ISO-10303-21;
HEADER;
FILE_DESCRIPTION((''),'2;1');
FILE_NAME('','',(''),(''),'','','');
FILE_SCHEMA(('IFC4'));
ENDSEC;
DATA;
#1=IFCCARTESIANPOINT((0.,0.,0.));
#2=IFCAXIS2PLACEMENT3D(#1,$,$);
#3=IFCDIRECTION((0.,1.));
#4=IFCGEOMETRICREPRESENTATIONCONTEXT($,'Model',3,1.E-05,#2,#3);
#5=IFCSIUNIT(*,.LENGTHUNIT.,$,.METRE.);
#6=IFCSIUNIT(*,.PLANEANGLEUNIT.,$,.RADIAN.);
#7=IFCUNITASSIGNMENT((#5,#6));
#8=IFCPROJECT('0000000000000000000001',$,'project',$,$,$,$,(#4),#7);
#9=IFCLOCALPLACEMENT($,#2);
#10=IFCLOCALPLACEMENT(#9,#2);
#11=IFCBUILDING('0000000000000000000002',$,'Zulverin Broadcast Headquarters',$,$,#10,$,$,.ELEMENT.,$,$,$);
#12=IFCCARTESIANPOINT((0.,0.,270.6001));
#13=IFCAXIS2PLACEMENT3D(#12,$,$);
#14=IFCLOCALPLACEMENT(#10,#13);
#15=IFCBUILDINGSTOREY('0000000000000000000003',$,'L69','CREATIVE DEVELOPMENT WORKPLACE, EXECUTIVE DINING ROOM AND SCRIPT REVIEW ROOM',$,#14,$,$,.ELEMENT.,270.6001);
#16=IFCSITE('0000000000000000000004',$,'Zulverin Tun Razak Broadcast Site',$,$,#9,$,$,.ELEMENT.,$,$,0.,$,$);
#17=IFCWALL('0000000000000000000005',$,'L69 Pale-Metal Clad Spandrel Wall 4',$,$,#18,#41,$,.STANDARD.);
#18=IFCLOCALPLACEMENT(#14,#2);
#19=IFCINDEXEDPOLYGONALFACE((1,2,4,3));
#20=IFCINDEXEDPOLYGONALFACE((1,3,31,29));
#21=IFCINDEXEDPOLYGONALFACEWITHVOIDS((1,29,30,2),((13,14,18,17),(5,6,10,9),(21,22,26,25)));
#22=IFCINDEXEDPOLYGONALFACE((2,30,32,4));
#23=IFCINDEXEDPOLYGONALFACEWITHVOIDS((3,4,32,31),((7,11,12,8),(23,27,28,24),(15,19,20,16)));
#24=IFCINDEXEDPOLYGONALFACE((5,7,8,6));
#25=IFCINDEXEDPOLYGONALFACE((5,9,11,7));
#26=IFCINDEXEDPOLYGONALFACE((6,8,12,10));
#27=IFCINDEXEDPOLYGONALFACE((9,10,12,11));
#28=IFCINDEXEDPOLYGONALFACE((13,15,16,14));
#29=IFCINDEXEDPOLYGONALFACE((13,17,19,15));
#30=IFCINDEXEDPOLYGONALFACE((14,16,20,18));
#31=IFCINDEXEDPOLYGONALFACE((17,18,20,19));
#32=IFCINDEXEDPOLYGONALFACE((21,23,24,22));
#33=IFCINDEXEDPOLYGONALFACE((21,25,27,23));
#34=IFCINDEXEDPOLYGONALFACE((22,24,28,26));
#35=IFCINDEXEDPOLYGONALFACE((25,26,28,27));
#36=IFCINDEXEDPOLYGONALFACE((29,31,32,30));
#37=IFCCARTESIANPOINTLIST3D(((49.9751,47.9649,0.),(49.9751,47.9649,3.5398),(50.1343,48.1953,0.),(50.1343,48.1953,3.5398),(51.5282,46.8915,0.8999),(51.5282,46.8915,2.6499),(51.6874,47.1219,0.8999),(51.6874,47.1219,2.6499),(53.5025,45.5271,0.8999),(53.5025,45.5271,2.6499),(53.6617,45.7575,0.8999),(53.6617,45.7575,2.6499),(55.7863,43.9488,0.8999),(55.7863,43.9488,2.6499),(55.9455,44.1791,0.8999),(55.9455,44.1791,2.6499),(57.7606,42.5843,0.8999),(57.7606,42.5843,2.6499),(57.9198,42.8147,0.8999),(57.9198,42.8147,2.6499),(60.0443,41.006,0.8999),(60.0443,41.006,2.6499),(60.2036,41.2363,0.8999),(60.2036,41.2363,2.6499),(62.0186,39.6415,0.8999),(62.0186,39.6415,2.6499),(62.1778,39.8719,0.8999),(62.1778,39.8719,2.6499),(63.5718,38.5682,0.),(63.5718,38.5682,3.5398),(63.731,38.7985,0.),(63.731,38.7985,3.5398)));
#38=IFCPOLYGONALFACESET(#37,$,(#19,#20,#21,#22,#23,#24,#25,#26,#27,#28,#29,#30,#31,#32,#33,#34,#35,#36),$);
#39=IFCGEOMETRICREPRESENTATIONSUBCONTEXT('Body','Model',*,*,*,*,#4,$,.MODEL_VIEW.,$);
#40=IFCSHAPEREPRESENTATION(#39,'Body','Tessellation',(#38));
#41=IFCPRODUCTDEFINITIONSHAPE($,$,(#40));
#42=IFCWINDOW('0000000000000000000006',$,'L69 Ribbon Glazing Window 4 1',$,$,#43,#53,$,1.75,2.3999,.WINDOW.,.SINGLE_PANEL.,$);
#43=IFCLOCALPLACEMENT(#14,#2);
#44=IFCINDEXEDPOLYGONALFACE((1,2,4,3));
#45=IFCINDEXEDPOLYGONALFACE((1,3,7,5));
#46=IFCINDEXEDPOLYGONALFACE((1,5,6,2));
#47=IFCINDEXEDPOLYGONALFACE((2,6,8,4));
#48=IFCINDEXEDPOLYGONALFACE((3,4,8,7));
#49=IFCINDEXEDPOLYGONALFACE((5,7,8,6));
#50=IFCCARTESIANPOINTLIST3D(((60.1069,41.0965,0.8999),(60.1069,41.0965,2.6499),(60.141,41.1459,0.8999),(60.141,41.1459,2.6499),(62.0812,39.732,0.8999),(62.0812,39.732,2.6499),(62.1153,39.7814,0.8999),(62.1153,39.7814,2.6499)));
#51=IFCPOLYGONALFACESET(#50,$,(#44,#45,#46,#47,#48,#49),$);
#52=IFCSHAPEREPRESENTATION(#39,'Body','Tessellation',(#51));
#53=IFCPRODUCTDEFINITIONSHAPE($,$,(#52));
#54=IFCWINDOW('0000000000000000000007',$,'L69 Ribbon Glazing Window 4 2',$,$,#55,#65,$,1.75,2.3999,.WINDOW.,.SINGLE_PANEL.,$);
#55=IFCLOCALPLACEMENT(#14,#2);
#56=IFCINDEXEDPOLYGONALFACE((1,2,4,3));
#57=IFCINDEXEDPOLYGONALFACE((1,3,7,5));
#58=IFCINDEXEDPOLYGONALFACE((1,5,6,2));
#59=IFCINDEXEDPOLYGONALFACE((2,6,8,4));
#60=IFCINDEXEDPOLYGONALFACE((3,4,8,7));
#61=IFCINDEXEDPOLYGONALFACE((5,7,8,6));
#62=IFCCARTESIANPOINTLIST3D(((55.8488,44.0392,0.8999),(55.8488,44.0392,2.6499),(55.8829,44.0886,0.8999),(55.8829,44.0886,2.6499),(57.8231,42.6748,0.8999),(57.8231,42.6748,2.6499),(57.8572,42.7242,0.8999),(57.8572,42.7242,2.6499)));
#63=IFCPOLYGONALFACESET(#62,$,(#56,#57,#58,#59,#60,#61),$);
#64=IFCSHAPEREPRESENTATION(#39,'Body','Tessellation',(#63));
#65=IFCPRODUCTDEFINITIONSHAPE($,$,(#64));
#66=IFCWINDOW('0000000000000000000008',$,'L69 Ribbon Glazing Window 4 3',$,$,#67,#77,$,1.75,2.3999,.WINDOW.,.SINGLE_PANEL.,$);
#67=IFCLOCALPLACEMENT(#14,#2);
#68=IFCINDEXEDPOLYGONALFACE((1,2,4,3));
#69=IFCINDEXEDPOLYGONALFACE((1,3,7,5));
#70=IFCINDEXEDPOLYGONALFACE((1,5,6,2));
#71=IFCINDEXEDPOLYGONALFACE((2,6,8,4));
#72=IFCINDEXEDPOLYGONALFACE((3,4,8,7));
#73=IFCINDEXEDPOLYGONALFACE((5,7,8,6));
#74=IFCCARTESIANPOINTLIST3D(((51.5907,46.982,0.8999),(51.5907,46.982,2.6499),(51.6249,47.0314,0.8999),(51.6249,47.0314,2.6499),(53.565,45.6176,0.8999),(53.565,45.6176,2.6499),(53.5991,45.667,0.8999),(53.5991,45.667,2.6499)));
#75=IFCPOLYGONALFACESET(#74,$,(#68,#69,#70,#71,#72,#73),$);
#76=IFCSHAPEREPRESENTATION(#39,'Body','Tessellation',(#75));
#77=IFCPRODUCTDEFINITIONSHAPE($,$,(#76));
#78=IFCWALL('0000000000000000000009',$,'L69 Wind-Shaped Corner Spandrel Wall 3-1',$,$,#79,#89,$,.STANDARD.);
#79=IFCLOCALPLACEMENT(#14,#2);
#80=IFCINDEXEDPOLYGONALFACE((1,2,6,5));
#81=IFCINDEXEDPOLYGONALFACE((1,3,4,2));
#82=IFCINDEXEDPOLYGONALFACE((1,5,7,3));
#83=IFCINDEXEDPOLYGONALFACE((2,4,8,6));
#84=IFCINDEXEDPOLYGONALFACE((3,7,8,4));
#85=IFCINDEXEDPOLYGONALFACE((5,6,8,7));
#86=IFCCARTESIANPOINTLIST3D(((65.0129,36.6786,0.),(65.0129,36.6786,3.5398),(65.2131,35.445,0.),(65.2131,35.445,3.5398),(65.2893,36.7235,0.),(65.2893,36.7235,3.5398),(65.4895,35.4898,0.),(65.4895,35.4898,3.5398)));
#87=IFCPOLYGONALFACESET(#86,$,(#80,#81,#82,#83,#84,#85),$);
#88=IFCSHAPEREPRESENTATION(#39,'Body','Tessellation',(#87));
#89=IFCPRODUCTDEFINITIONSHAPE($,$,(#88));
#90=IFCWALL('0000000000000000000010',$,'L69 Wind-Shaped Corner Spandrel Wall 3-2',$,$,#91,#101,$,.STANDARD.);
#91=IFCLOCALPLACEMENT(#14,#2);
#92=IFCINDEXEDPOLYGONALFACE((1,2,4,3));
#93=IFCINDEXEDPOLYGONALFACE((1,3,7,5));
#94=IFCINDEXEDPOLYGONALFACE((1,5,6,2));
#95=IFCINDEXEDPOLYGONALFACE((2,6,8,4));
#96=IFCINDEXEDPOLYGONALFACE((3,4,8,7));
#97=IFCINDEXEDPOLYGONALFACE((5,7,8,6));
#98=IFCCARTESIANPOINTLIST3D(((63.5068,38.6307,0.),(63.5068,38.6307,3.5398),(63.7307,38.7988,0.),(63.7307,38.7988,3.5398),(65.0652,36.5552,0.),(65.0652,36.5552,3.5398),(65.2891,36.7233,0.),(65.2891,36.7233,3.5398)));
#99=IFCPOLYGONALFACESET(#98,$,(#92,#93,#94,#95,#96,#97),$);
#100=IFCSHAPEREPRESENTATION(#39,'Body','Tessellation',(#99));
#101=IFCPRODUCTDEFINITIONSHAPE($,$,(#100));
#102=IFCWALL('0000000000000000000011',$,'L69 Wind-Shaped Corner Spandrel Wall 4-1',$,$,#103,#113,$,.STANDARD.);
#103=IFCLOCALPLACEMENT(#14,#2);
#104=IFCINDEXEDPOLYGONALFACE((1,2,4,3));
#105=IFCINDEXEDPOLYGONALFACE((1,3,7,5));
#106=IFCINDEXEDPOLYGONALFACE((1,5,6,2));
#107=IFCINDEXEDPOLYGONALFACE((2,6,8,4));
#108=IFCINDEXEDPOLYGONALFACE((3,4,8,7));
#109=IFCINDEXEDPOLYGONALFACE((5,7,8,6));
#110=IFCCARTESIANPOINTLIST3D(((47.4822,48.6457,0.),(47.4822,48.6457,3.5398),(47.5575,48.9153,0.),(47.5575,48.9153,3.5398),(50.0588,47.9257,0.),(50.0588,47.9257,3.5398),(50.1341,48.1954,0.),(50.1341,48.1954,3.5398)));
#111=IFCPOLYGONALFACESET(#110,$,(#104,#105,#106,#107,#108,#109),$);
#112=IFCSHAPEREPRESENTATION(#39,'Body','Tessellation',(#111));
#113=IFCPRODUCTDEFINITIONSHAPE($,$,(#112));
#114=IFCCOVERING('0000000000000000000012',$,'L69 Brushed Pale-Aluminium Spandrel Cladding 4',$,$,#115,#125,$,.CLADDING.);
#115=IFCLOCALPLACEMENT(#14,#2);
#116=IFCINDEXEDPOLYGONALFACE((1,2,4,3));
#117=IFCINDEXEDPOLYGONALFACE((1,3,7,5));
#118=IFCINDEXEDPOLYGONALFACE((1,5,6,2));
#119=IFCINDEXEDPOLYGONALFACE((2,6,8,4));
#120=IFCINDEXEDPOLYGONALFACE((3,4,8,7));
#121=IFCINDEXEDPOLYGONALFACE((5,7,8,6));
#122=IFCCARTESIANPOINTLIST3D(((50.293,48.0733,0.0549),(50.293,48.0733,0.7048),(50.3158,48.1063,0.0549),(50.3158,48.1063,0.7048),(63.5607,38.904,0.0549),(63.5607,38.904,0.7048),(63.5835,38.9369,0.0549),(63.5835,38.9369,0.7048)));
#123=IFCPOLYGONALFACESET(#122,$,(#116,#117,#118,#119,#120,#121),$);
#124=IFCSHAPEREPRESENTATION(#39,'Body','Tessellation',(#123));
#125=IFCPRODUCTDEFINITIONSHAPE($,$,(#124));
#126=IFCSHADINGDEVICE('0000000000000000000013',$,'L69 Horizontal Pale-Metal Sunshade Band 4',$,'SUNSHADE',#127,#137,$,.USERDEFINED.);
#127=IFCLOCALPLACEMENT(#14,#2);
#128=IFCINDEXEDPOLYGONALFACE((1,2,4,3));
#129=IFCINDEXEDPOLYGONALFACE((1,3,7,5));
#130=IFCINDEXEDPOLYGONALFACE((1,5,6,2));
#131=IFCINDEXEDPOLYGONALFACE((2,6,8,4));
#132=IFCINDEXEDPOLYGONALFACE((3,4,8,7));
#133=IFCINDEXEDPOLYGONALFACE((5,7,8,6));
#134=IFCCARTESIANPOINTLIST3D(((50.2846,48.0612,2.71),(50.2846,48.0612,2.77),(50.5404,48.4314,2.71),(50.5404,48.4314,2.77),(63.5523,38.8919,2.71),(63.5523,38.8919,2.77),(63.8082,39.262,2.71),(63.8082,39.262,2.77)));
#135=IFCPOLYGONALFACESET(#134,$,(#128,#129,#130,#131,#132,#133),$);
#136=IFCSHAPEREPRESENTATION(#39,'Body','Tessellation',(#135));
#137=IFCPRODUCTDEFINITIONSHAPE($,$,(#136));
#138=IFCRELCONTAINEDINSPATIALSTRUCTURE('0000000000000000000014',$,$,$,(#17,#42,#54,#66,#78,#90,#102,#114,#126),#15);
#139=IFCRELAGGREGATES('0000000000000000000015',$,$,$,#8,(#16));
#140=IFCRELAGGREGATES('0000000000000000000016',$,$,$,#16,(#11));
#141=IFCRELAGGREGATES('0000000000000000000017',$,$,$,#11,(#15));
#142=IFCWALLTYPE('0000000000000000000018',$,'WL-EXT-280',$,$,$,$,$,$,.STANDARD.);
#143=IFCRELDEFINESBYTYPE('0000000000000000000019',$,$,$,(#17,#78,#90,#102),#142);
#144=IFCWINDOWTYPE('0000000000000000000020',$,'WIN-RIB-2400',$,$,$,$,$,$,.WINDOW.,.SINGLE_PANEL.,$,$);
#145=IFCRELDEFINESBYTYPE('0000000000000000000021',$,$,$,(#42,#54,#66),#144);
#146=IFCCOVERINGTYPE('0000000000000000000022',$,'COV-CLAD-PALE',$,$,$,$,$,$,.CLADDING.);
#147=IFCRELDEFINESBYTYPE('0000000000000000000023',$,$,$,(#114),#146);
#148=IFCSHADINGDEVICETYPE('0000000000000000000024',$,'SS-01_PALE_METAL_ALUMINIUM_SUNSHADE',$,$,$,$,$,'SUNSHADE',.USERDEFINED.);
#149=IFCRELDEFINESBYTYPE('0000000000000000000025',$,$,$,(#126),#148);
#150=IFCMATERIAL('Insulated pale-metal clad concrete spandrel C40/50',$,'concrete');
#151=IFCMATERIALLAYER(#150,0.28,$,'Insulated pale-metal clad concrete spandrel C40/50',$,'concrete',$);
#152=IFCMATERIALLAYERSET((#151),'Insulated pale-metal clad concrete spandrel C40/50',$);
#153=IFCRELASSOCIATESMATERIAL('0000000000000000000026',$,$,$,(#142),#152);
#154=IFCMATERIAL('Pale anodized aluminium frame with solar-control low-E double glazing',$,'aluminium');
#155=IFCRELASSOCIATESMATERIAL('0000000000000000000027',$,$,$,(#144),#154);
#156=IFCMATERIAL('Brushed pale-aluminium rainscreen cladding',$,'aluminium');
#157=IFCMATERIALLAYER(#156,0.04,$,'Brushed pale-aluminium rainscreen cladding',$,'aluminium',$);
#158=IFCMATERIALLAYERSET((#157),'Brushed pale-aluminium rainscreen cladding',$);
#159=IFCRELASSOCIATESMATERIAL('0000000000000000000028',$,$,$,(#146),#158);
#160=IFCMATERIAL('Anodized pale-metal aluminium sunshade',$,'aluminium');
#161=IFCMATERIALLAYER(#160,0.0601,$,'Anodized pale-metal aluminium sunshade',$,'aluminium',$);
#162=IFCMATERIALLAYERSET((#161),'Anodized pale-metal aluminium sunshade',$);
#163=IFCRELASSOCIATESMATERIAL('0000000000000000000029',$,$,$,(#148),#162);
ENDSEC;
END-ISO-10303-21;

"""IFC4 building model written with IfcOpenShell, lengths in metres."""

from ifc_helpers import new_model, si_unit, direction, frame, frame_2d, origin, origin_2d, place, context, subcontext, project, spatial, rectangle, extrude, material, layer, layer_set, type_object, element, fill, save


model = new_model("IFC4")

# Units and contexts
model_context = context("Model", 3, precision=1e-05, world=origin(), true_north=direction((0.0, 1.0)))
body_context = subcontext(model_context, "Body", "Model", "MODEL_VIEW")
ifc_project = project(units=[si_unit("LENGTHUNIT", "METRE"), si_unit("PLANEANGLEUNIT", "RADIAN")], contexts=[model_context])

# Site, building, storey
site_placement = place(None, origin())
site = spatial("IfcSite", under=ifc_project, at=site_placement, Name="Zulverin Tun Razak Broadcast Site", CompositionType="ELEMENT", RefElevation=0.0)
building_placement = place(site_placement, origin())
building = spatial("IfcBuilding", under=site, at=building_placement, Name="Zulverin Broadcast Headquarters", CompositionType="ELEMENT")
storey_placement = place(building_placement, frame((0.0, 0.0, 270.6001)))
storey = spatial("IfcBuildingStorey", under=building, at=storey_placement, Name="L69", Description="CREATIVE DEVELOPMENT WORKPLACE, EXECUTIVE DINING ROOM AND SCRIPT REVIEW ROOM", CompositionType="ELEMENT", Elevation=270.6001)

# Wall, openings, windows
ifc_material_1 = material(Name="Insulated pale-metal clad concrete spandrel C40/50", Category="concrete")
ifc_layer_1 = layer(ifc_material_1, 0.28, Name="Insulated pale-metal clad concrete spandrel C40/50", Category="concrete")
ifc_layer_set_1 = layer_set([ifc_layer_1], Name="Insulated pale-metal clad concrete spandrel C40/50")
wall_type = type_object("IfcWallType", Name="WL-EXT-280", PredefinedType="STANDARD", material=ifc_layer_set_1)
wall_1_placement = place(storey_placement, frame((63.6514, 38.6833, 0.0), z_axis=(0.0, 0.0, 1.0), x_axis=(-0.822655, 0.568541, 0.0)))
wall_1 = element("IfcWall", 1, at=wall_1_placement, inside=storey, type_object=wall_type, Name="L69 Pale-Metal Clad Spandrel Wall 4", PredefinedType="STANDARD", context=body_context, shape_type="SweptSolid", body=[
    extrude(rectangle(XDim=16.5278, YDim=0.28, at=frame_2d((8.2639, 0.0))), origin(), (0.0, 0.0, 1.0), 3.5398),
])
opening_1_placement = place(wall_1_placement, frame((1.8879, 0.0, 0.8999)))
opening_1 = element("IfcOpeningElement", 2, at=opening_1_placement, cuts=wall_1, PredefinedType="OPENING", context=body_context, shape_type="SweptSolid", body=[
    extrude(rectangle(XDim=2.3999, YDim=1.75, at=frame_2d((1.2, 0.875))), frame((0.0, 0.1499, 0.0), z_axis=(0.0, -1.0, 0.0), x_axis=(1.0, 0.0, 0.0)), (0.0, 0.0, 1.0), 0.3),
])
opening_2_placement = place(wall_1_placement, frame((7.064, 0.0, 0.8999)))
opening_2 = element("IfcOpeningElement", 3, at=opening_2_placement, cuts=wall_1, PredefinedType="OPENING", context=body_context, shape_type="SweptSolid", body=[
    extrude(rectangle(XDim=2.3999, YDim=1.75, at=frame_2d((1.2, 0.875))), frame((0.0, 0.1499, 0.0), z_axis=(0.0, -1.0, 0.0), x_axis=(1.0, 0.0, 0.0)), (0.0, 0.0, 1.0), 0.3),
])
opening_3_placement = place(wall_1_placement, frame((12.24, 0.0, 0.8999)))
opening_3 = element("IfcOpeningElement", 4, at=opening_3_placement, cuts=wall_1, PredefinedType="OPENING", context=body_context, shape_type="SweptSolid", body=[
    extrude(rectangle(XDim=2.3999, YDim=1.75, at=frame_2d((1.2, 0.875))), frame((0.0, 0.1499, 0.0), z_axis=(0.0, -1.0, 0.0), x_axis=(1.0, 0.0, 0.0)), (0.0, 0.0, 1.0), 0.3),
])
ifc_material_2 = material(Name="Pale anodized aluminium frame with solar-control low-E double glazing", Category="aluminium")
window_type = type_object("IfcWindowType", Name="WIN-RIB-2400", PartitioningType="SINGLE_PANEL", PredefinedType="WINDOW", material=ifc_material_2)
window_1_placement = place(opening_1_placement, origin())
window_1 = element("IfcWindow", 5, at=window_1_placement, inside=storey, type_object=window_type, Name="L69 Ribbon Glazing Window 4 1", OverallHeight=1.75, OverallWidth=2.3999, PartitioningType="SINGLE_PANEL", PredefinedType="WINDOW", context=body_context, shape_type="SweptSolid", body=[
    extrude(rectangle(XDim=2.3999, YDim=1.75, at=frame_2d((1.2, 0.875))), frame((0.0, 0.03, 0.0), z_axis=(0.0, -1.0, 0.0), x_axis=(1.0, 0.0, 0.0)), (0.0, 0.0, 1.0), 0.0601),
])
fill(opening_1, window_1)
window_2_placement = place(opening_2_placement, origin())
window_2 = element("IfcWindow", 6, at=window_2_placement, inside=storey, type_object=window_type, Name="L69 Ribbon Glazing Window 4 2", OverallHeight=1.75, OverallWidth=2.3999, PartitioningType="SINGLE_PANEL", PredefinedType="WINDOW", context=body_context, shape_type="SweptSolid", body=[
    extrude(rectangle(XDim=2.3999, YDim=1.75, at=frame_2d((1.2, 0.875))), frame((0.0, 0.03, 0.0), z_axis=(0.0, -1.0, 0.0), x_axis=(1.0, 0.0, 0.0)), (0.0, 0.0, 1.0), 0.0601),
])
fill(opening_2, window_2)
window_3_placement = place(opening_3_placement, origin())
window_3 = element("IfcWindow", 7, at=window_3_placement, inside=storey, type_object=window_type, Name="L69 Ribbon Glazing Window 4 3", OverallHeight=1.75, OverallWidth=2.3999, PartitioningType="SINGLE_PANEL", PredefinedType="WINDOW", context=body_context, shape_type="SweptSolid", body=[
    extrude(rectangle(XDim=2.3999, YDim=1.75, at=frame_2d((1.2, 0.875))), frame((0.0, 0.03, 0.0), z_axis=(0.0, -1.0, 0.0), x_axis=(1.0, 0.0, 0.0)), (0.0, 0.0, 1.0), 0.0601),
])
fill(opening_3, window_3)

# Walls
wall_2_placement = place(storey_placement, frame((65.3513, 35.4673, 0.0), z_axis=(0.0, 0.0, 1.0), x_axis=(-0.160184, 0.987087, 0.0)))
element("IfcWall", 8, at=wall_2_placement, inside=storey, type_object=wall_type, Name="L69 Wind-Shaped Corner Spandrel Wall 3-1", PredefinedType="STANDARD", context=body_context, shape_type="SweptSolid", body=[
    extrude(rectangle(XDim=1.2498, YDim=0.28, at=frame_2d((0.625, 0.0))), origin(), (0.0, 0.0, 1.0), 3.5398),
])
wall_3_placement = place(storey_placement, frame((65.1772, 36.6392, 0.0), z_axis=(0.0, 0.0, 1.0), x_axis=(-0.600436, 0.799673, 0.0)))
element("IfcWall", 9, at=wall_3_placement, inside=storey, type_object=wall_type, Name="L69 Wind-Shaped Corner Spandrel Wall 3-2", PredefinedType="STANDARD", context=body_context, shape_type="SweptSolid", body=[
    extrude(rectangle(XDim=2.5955, YDim=0.28, at=frame_2d((1.2979, 0.0))), origin(), (0.0, 0.0, 1.0), 3.5398),
])
wall_4_placement = place(storey_placement, frame((50.0964, 48.0605, 0.0), z_axis=(0.0, 0.0, 1.0), x_axis=(-0.963109, 0.269112, 0.0)))
element("IfcWall", 10, at=wall_4_placement, inside=storey, type_object=wall_type, Name="L69 Wind-Shaped Corner Spandrel Wall 4-1", PredefinedType="STANDARD", context=body_context, shape_type="SweptSolid", body=[
    extrude(rectangle(XDim=2.6753, YDim=0.28, at=frame_2d((1.3376, 0.0))), origin(), (0.0, 0.0, 1.0), 3.5398),
])

# Covering
ifc_material_3 = material(Name="Brushed pale-aluminium rainscreen cladding", Category="aluminium")
ifc_layer_2 = layer(ifc_material_3, 0.04, Name="Brushed pale-aluminium rainscreen cladding", Category="aluminium")
ifc_layer_set_2 = layer_set([ifc_layer_2], Name="Brushed pale-aluminium rainscreen cladding")
covering_type = type_object("IfcCoveringType", Name="COV-CLAD-PALE", PredefinedType="CLADDING", material=ifc_layer_set_2)
covering_placement = place(storey_placement, frame((56.9382, 43.5051, 0.0549), z_axis=(0.0, 0.0, 1.0), x_axis=(-0.822655, 0.56854, 0.0)))
element("IfcCovering", 11, at=covering_placement, inside=storey, type_object=covering_type, Name="L69 Brushed Pale-Aluminium Spandrel Cladding 4", PredefinedType="CLADDING", context=body_context, shape_type="SweptSolid", body=[
    extrude(rectangle(XDim=16.1279, YDim=0.04, at=origin_2d()), origin(), (0.0, 0.0, 1.0), 0.6499),
])

# Shading device
ifc_material_4 = material(Name="Anodized pale-metal aluminium sunshade", Category="aluminium")
ifc_layer_3 = layer(ifc_material_4, 0.0601, Name="Anodized pale-metal aluminium sunshade", Category="aluminium")
ifc_layer_set_3 = layer_set([ifc_layer_3], Name="Anodized pale-metal aluminium sunshade")
shading_device_type = type_object("IfcShadingDeviceType", Name="SS-01_PALE_METAL_ALUMINIUM_SUNSHADE", ElementType="SUNSHADE", PredefinedType="USERDEFINED", material=ifc_layer_set_3)
shading_device_placement = place(storey_placement, frame((57.0464, 43.6616, 2.71), z_axis=(0.0, 0.0, 1.0), x_axis=(-0.822655, 0.56854, 0.0)))
element("IfcShadingDevice", 12, at=shading_device_placement, inside=storey, type_object=shading_device_type, Name="L69 Horizontal Pale-Metal Sunshade Band 4", ObjectType="SUNSHADE", PredefinedType="USERDEFINED", context=body_context, shape_type="SweptSolid", body=[
    extrude(rectangle(XDim=16.1279, YDim=0.45, at=origin_2d()), origin(), (0.0, 0.0, 1.0), 0.0601),
])

save(model, "model.ifc")
